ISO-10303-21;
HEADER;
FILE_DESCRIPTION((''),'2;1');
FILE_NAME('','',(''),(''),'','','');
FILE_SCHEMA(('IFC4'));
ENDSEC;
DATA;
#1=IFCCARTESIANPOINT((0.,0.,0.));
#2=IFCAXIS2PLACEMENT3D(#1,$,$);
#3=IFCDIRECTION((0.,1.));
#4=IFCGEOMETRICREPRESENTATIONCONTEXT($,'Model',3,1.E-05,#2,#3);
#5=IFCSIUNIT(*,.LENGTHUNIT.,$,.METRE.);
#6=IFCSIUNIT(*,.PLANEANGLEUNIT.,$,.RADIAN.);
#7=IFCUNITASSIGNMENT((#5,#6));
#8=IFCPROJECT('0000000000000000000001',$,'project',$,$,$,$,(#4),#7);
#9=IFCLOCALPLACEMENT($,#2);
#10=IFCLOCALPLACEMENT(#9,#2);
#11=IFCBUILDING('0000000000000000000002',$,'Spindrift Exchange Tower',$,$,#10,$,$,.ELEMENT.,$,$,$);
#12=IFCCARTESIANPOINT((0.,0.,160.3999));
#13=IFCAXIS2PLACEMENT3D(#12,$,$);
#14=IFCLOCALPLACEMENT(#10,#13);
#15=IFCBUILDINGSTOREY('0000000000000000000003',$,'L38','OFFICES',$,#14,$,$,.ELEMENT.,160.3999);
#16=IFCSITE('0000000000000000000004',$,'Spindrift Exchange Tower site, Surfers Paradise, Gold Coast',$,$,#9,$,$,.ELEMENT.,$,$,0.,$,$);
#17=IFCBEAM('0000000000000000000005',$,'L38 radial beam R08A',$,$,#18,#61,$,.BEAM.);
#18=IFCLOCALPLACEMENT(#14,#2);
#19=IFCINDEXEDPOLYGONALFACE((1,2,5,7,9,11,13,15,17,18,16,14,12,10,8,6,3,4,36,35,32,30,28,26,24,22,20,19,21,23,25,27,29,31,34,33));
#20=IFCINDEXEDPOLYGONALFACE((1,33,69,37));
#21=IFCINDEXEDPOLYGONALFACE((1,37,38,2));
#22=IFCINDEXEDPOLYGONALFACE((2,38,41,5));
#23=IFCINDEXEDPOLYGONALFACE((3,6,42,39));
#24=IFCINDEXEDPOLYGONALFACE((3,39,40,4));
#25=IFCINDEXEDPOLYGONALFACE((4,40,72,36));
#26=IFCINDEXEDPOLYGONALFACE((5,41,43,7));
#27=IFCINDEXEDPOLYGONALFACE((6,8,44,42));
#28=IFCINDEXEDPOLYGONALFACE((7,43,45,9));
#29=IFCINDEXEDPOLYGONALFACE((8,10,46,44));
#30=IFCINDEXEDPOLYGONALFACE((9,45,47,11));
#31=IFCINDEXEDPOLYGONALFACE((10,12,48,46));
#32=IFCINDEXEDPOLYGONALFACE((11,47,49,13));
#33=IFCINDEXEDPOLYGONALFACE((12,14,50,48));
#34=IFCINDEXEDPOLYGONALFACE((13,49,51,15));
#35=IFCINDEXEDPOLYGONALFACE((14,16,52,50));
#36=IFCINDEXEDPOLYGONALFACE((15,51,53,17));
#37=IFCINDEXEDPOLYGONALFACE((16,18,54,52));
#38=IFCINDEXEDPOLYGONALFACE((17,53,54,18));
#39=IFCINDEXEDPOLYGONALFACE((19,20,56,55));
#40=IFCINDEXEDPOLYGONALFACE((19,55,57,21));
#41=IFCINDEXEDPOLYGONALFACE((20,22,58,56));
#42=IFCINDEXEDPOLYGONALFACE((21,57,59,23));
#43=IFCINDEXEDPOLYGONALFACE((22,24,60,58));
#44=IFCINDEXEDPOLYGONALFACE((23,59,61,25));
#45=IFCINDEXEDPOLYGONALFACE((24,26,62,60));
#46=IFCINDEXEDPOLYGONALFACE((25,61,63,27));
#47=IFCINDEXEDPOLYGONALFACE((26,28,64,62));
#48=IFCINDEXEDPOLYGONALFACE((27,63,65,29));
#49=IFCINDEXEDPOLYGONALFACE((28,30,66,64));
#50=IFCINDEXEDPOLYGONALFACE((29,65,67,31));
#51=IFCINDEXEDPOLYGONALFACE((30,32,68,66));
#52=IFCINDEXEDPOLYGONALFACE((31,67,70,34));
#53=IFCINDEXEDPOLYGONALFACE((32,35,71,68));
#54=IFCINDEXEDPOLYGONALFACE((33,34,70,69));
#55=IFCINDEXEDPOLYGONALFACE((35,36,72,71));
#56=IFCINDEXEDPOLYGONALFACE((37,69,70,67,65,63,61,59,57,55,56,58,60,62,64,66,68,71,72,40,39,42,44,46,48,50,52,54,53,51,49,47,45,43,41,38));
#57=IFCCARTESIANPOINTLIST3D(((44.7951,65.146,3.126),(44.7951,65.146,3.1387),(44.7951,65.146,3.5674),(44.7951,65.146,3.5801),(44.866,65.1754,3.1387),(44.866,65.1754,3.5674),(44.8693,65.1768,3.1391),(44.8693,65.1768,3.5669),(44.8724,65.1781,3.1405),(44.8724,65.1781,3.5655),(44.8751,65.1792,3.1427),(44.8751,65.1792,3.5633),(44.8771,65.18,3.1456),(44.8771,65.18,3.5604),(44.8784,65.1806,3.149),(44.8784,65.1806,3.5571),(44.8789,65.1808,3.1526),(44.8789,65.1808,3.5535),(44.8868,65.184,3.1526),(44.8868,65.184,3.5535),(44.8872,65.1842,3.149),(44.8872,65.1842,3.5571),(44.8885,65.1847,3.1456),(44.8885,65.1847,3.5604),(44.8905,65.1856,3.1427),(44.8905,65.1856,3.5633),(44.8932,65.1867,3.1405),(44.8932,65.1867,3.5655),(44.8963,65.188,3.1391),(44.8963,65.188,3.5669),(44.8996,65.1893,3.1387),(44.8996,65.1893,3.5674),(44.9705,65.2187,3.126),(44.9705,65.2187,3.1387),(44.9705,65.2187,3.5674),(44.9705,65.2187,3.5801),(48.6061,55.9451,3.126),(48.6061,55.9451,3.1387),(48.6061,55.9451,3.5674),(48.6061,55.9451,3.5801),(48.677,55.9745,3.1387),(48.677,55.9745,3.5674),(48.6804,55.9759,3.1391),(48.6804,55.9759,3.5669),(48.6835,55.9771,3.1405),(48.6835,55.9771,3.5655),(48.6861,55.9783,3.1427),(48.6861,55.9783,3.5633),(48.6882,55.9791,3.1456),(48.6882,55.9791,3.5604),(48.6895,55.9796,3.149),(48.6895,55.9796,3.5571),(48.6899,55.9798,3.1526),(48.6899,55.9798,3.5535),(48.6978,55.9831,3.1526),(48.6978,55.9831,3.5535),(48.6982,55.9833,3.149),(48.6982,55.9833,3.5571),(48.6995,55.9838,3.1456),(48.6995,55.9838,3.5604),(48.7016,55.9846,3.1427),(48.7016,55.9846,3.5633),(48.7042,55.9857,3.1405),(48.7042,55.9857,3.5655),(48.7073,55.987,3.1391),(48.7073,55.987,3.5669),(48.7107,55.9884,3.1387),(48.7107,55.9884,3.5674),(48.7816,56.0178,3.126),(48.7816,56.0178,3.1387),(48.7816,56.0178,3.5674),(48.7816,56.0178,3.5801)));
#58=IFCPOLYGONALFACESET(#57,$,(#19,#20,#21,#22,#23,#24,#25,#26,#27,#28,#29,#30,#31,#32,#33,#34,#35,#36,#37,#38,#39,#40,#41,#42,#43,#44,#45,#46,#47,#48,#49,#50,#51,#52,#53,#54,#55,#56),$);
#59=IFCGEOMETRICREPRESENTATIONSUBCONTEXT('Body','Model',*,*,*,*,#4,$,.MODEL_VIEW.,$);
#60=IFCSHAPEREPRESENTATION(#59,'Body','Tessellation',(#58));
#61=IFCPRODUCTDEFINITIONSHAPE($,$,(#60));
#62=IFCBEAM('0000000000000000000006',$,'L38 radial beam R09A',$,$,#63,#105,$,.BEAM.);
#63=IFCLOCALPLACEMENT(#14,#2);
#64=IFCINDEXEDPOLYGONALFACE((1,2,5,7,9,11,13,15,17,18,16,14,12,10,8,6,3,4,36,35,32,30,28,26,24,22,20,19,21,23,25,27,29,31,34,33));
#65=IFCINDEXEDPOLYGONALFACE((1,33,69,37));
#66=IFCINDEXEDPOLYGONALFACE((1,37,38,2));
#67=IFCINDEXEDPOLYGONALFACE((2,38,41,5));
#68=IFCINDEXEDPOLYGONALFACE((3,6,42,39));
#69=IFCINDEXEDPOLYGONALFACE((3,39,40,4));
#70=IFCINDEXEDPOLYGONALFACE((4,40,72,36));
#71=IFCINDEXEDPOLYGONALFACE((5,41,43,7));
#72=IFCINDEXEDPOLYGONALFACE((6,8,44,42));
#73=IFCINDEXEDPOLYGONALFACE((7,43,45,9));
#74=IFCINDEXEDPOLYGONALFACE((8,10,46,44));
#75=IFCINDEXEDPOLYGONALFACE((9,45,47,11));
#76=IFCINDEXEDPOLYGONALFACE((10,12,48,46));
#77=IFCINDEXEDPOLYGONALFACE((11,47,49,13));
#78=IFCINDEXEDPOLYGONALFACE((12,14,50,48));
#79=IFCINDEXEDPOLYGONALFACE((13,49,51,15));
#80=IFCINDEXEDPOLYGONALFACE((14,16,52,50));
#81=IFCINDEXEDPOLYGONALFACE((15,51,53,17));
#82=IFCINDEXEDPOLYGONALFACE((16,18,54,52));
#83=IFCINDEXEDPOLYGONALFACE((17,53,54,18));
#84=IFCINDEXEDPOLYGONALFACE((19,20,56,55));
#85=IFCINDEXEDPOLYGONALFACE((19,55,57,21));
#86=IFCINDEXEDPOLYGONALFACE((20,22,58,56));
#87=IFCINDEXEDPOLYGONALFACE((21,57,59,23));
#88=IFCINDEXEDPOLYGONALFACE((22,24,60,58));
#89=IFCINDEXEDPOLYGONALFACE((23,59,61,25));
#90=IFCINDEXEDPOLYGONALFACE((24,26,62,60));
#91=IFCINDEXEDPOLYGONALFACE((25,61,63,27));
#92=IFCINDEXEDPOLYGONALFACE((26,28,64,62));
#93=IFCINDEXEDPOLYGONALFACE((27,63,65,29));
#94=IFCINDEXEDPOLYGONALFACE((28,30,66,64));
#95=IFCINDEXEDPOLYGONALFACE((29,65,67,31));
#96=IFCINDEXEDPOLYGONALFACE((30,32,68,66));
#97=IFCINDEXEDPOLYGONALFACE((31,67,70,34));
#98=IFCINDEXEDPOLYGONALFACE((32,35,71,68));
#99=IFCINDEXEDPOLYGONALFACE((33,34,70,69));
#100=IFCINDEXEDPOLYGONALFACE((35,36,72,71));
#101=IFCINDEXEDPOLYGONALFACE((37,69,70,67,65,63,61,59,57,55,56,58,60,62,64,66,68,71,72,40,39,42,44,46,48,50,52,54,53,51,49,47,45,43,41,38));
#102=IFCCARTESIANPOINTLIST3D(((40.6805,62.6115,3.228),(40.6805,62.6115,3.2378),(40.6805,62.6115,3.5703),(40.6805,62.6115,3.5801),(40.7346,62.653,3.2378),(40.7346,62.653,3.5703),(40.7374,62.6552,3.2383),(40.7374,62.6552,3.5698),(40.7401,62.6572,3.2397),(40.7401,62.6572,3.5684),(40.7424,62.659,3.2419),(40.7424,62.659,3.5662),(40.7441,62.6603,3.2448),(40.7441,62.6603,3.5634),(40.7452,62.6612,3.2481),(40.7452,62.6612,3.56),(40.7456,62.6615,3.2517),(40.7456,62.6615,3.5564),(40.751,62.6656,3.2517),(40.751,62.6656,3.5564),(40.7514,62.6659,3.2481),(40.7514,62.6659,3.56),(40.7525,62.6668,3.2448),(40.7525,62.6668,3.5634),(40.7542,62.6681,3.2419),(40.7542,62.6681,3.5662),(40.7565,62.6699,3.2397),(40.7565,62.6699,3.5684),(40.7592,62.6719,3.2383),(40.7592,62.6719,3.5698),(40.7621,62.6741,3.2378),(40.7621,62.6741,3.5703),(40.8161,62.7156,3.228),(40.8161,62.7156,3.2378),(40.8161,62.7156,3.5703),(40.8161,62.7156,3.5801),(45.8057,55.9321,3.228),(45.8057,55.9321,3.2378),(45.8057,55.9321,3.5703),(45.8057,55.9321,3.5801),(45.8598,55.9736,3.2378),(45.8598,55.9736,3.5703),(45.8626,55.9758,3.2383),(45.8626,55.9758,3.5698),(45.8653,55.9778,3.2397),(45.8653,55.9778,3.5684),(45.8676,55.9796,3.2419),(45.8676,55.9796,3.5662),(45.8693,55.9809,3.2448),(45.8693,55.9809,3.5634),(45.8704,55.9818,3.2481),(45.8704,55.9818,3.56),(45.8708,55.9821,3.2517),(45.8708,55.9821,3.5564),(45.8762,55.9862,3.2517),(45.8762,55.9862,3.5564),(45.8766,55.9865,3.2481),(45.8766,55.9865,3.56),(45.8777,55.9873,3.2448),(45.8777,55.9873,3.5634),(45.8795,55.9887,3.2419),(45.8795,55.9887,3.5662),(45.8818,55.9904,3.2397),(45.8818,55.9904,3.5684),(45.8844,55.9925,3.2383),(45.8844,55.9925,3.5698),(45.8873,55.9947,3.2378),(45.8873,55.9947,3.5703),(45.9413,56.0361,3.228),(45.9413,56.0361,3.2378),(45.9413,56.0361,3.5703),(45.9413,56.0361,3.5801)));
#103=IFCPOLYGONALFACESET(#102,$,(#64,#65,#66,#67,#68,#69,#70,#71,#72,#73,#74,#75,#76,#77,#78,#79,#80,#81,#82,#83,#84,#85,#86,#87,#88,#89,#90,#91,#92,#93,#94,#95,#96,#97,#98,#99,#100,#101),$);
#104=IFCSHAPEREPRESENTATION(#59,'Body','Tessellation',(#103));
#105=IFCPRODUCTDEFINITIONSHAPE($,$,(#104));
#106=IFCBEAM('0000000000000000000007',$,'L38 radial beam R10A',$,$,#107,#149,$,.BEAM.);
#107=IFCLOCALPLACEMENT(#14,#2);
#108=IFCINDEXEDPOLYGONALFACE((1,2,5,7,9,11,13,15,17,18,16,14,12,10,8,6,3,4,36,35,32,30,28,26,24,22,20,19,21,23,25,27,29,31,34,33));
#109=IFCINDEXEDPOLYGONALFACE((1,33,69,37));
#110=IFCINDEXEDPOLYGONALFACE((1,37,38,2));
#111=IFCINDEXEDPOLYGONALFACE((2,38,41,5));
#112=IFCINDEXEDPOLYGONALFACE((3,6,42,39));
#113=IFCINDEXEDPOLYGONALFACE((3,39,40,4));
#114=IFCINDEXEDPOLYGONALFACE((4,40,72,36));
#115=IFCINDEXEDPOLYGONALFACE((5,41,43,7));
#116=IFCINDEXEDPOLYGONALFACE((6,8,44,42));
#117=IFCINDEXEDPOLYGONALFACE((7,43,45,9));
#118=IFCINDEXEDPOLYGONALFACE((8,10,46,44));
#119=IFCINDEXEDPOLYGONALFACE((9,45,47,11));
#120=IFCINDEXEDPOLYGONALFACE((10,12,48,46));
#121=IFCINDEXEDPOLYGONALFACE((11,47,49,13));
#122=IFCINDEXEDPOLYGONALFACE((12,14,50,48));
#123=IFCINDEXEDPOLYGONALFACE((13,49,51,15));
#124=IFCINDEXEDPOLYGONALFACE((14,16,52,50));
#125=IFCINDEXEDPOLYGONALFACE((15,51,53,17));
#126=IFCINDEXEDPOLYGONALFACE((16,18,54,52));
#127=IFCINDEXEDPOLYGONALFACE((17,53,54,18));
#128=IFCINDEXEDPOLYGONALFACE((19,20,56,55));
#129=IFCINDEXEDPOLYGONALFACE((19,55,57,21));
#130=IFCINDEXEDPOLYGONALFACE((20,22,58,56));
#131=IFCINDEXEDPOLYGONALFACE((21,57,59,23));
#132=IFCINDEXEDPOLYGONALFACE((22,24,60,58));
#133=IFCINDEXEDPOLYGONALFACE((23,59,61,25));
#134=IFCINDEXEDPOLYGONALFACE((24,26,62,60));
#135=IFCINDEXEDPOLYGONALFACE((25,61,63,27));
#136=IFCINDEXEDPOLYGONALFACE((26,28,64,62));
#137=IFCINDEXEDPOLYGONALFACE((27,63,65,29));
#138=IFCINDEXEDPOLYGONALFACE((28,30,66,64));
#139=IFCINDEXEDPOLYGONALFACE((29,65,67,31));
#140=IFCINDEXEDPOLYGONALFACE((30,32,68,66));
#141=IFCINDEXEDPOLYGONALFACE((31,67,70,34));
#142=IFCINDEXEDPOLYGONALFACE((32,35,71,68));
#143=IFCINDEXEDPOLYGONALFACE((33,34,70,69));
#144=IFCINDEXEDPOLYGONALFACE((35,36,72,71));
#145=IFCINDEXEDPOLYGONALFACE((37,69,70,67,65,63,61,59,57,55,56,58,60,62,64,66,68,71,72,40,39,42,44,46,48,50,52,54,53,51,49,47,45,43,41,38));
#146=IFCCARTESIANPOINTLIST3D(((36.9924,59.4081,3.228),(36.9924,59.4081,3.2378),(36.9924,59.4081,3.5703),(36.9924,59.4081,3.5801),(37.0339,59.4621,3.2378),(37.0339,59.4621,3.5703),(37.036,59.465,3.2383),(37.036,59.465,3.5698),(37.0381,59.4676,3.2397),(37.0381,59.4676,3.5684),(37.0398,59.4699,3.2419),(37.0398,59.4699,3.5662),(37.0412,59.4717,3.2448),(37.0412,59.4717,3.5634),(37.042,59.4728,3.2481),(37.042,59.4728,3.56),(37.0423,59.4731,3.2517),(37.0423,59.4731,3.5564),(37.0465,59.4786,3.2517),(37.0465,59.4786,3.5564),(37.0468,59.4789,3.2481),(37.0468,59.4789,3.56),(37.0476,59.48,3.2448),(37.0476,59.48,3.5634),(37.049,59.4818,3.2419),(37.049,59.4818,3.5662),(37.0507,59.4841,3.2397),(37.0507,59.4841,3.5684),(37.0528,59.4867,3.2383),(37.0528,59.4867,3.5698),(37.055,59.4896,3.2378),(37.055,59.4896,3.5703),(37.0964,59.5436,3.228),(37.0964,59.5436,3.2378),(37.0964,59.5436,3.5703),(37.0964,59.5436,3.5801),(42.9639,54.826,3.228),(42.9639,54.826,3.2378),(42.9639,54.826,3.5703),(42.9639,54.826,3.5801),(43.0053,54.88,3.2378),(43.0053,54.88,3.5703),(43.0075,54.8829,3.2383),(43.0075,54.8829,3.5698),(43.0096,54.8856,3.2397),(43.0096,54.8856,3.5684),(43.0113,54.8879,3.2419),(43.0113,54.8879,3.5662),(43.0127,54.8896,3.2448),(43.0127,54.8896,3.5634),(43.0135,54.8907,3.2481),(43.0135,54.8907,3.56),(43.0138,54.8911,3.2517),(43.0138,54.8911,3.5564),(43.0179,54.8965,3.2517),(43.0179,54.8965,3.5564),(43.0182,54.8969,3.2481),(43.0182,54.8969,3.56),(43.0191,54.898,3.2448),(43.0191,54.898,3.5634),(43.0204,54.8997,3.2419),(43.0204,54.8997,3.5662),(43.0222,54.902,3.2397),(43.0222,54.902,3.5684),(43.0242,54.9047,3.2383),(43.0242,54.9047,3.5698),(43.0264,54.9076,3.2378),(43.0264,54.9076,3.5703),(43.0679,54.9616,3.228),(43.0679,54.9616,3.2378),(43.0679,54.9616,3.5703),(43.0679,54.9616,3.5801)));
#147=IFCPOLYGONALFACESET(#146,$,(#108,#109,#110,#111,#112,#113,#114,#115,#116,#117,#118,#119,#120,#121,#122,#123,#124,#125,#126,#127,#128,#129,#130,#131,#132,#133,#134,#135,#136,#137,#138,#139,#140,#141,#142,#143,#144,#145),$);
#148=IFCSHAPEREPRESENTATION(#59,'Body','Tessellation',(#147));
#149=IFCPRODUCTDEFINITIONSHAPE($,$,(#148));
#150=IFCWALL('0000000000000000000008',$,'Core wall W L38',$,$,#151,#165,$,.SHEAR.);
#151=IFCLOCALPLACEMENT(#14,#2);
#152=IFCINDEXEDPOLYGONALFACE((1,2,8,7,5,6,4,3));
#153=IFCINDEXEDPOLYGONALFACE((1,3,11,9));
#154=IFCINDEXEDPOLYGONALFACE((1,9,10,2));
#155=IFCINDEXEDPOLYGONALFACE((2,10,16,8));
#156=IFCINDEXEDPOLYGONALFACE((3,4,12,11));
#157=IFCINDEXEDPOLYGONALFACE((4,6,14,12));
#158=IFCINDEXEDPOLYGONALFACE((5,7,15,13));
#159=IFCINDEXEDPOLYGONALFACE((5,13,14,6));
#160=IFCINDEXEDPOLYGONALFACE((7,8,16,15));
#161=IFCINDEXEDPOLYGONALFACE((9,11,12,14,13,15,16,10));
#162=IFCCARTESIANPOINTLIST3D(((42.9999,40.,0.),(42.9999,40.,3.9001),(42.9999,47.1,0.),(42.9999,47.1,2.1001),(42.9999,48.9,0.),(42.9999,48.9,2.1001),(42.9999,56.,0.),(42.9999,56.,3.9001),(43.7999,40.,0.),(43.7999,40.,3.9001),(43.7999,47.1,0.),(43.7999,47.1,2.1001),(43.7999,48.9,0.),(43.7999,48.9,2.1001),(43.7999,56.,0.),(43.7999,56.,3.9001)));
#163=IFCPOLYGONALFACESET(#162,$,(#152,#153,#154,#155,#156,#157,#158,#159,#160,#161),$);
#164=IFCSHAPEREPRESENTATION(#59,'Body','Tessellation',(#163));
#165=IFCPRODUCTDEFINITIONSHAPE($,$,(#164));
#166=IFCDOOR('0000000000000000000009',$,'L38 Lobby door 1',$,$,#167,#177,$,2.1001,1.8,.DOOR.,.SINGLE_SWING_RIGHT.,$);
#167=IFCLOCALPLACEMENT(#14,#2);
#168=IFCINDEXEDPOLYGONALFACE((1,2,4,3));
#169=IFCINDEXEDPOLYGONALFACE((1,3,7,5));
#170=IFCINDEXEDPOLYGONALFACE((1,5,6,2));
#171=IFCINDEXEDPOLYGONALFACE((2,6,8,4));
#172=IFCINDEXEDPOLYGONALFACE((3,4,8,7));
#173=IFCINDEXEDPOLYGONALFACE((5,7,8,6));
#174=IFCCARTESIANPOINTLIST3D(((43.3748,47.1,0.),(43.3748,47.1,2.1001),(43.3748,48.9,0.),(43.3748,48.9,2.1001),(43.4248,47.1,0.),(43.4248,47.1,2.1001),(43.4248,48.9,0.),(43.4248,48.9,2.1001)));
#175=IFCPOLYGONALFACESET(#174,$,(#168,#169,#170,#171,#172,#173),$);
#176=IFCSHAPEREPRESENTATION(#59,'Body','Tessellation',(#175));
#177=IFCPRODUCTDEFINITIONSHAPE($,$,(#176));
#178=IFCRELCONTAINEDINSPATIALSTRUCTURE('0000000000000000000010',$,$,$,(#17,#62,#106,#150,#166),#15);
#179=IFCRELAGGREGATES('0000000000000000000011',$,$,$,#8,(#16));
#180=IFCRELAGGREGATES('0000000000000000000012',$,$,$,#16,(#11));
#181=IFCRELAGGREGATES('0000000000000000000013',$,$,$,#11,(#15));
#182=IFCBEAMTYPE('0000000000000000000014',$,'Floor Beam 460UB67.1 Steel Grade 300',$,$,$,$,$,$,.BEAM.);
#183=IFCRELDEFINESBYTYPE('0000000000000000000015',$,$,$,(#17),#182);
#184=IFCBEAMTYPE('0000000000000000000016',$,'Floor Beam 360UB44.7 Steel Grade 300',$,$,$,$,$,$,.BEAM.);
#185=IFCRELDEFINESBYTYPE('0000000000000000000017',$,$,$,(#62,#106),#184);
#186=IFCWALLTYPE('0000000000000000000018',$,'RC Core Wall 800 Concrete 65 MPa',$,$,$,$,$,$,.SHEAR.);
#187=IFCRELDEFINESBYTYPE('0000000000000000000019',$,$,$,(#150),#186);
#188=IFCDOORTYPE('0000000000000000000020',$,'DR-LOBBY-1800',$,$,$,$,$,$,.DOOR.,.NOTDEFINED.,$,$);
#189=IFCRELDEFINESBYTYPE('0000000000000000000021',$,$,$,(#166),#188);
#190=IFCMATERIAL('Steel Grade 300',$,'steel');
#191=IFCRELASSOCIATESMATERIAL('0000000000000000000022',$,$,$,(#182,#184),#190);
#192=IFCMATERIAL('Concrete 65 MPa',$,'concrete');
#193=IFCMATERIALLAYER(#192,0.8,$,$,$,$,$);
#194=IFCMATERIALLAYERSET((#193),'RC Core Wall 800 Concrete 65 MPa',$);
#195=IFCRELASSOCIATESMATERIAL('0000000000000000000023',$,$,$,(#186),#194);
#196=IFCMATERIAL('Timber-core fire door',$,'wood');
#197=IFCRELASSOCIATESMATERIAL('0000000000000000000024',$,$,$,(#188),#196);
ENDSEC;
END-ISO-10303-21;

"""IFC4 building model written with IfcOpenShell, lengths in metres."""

from ifc_helpers import new_model, si_unit, direction, frame, frame_2d, origin, origin_2d, place, context, subcontext, project, spatial, rectangle, i_section, extrude, source, transform, mapped, material, layer, layer_set, material_profile, profile_set, type_object, element, fill, save


model = new_model("IFC4")

# Units and contexts
model_context = context("Model", 3, precision=1e-05, world=origin(), true_north=direction((0.0, 1.0)))
body_context = subcontext(model_context, "Body", "Model", "MODEL_VIEW")
ifc_project = project(units=[si_unit("LENGTHUNIT", "METRE"), si_unit("PLANEANGLEUNIT", "RADIAN")], contexts=[model_context])

# Site, building, storey
site_placement = place(None, origin())
site = spatial("IfcSite", under=ifc_project, at=site_placement, Name="Spindrift Exchange Tower site, Surfers Paradise, Gold Coast", CompositionType="ELEMENT", RefElevation=0.0)
building_placement = place(site_placement, origin())
building = spatial("IfcBuilding", under=site, at=building_placement, Name="Spindrift Exchange Tower", CompositionType="ELEMENT")
storey_placement = place(building_placement, frame((0.0, 0.0, 160.3999)))
storey = spatial("IfcBuildingStorey", under=building, at=storey_placement, Name="L38", Description="OFFICES", CompositionType="ELEMENT", Elevation=160.3999)

# Beams
ifc_material_1 = material(Name="Steel Grade 300", Category="steel")
ifc_material_profile_1 = material_profile(ifc_material_1, i_section(OverallWidth=0.1899, OverallDepth=0.4541, WebThickness=0.0085, FlangeThickness=0.0127, FilletRadius=0.0139, at=origin_2d()), Name="460UB67.1")
ifc_profile_set_1 = profile_set([ifc_material_profile_1], Name="Steel Grade 300")
beam_type_1 = type_object("IfcBeamType", Name="Floor Beam 460UB67.1 Steel Grade 300", PredefinedType="BEAM", material=ifc_profile_set_1)
shared_shape_1 = source(origin(), body_context, "Body", "SweptSolid", [
    extrude(i_section(OverallWidth=0.1899, OverallDepth=0.4541, WebThickness=0.0085, FlangeThickness=0.0127, FilletRadius=0.0139, at=origin_2d()), origin(), (0.0, 0.0, 1.0), 9.959),
])
beam_1_placement = place(storey_placement, frame((48.6938, 55.9814, 3.353), z_axis=(-0.382674, 0.923884, 0.0), x_axis=(-0.923884, -0.382674, 0.0)))
element("IfcBeam", 1, at=beam_1_placement, inside=storey, type_object=beam_type_1, Name="L38 radial beam R08A", PredefinedType="BEAM", context=body_context, shape_type="MappedRepresentation", body=[
    mapped(shared_shape_1, transform((0.0, 0.0, 0.0), scale=1.0)),
])
ifc_material_profile_2 = material_profile(ifc_material_1, i_section(OverallWidth=0.1709, OverallDepth=0.3521, WebThickness=0.0068, FlangeThickness=0.0098, FilletRadius=0.0139, at=origin_2d()), Name="360UB44.7")
ifc_profile_set_2 = profile_set([ifc_material_profile_2], Name="Steel Grade 300")
beam_type_2 = type_object("IfcBeamType", Name="Floor Beam 360UB44.7 Steel Grade 300", PredefinedType="BEAM", material=ifc_profile_set_2)
shared_shape_2 = source(origin(), body_context, "Body", "SweptSolid", [
    extrude(i_section(OverallWidth=0.1709, OverallDepth=0.3521, WebThickness=0.0068, FlangeThickness=0.0098, FilletRadius=0.0139, at=origin_2d()), origin(), (0.0, 0.0, 1.0), 8.4192),
])
beam_2_placement = place(storey_placement, frame((45.8735, 55.9841, 3.4041), z_axis=(-0.608756, 0.793358, 0.0), x_axis=(-0.793358, -0.608756, 0.0)))
element("IfcBeam", 2, at=beam_2_placement, inside=storey, type_object=beam_type_2, Name="L38 radial beam R09A", PredefinedType="BEAM", context=body_context, shape_type="MappedRepresentation", body=[
    mapped(shared_shape_2, transform((0.0, 0.0, 0.0), scale=1.0)),
])
shared_shape_3 = source(origin(), body_context, "Body", "SweptSolid", [
    extrude(i_section(OverallWidth=0.1709, OverallDepth=0.3521, WebThickness=0.0068, FlangeThickness=0.0098, FilletRadius=0.0139, at=origin_2d()), origin(), (0.0, 0.0, 1.0), 7.5269),
])
beam_3_placement = place(storey_placement, frame((43.0159, 54.8938, 3.4041), z_axis=(-0.793354, 0.60876, 0.0), x_axis=(-0.60876, -0.793354, 0.0)))
element("IfcBeam", 3, at=beam_3_placement, inside=storey, type_object=beam_type_2, Name="L38 radial beam R10A", PredefinedType="BEAM", context=body_context, shape_type="MappedRepresentation", body=[
    mapped(shared_shape_3, transform((0.0, 0.0, 0.0), scale=1.0)),
])

# Wall, opening, door
ifc_material_2 = material(Name="Concrete 65 MPa", Category="concrete")
ifc_layer = layer(ifc_material_2, 0.8)
ifc_layer_set = layer_set([ifc_layer], Name="RC Core Wall 800 Concrete 65 MPa")
wall_type = type_object("IfcWallType", Name="RC Core Wall 800 Concrete 65 MPa", PredefinedType="SHEAR", material=ifc_layer_set)
wall_placement = place(storey_placement, frame((43.3999, 56.0, 0.0), z_axis=(0.0, 0.0, 1.0), x_axis=(0.0, -1.0, 0.0)))
wall = element("IfcWall", 4, at=wall_placement, inside=storey, type_object=wall_type, Name="Core wall W L38", PredefinedType="SHEAR", context=body_context, shape_type="SweptSolid", body=[
    extrude(rectangle(XDim=16.0, YDim=0.8, at=frame_2d((8.0, 0.0))), origin(), (0.0, 0.0, 1.0), 3.9001),
])
opening_placement = place(wall_placement, frame((7.1001, 0.0, 0.0)))
opening = element("IfcOpeningElement", 5, at=opening_placement, cuts=wall, PredefinedType="OPENING", context=body_context, shape_type="SweptSolid", body=[
    extrude(rectangle(XDim=1.8, YDim=2.1001, at=frame_2d((0.8999, 1.05))), frame((0.0, 0.4099, 0.0), z_axis=(0.0, -1.0, 0.0), x_axis=(1.0, 0.0, 0.0)), (0.0, 0.0, 1.0), 0.8201),
])
ifc_material_3 = material(Name="Timber-core fire door", Category="wood")
door_type = type_object("IfcDoorType", Name="DR-LOBBY-1800", OperationType="NOTDEFINED", PredefinedType="DOOR", material=ifc_material_3)
shared_shape_4 = source(origin(), body_context, "Body", "SweptSolid", [
    extrude(rectangle(XDim=1.8, YDim=2.1001, at=frame_2d((0.8999, 1.05))), frame((0.0, 0.0249, 0.0), z_axis=(0.0, -1.0, 0.0), x_axis=(1.0, 0.0, 0.0)), (0.0, 0.0, 1.0), 0.05),
])
door_placement = place(opening_placement, origin())
door = element("IfcDoor", 6, at=door_placement, inside=storey, type_object=door_type, Name="L38 Lobby door 1", OperationType="SINGLE_SWING_RIGHT", OverallHeight=2.1001, OverallWidth=1.8, PredefinedType="DOOR", context=body_context, shape_type="MappedRepresentation", body=[
    mapped(shared_shape_4, transform((0.0, 0.0, 0.0), scale=1.0)),
])
fill(opening, door)

save(model, "model.ifc")
